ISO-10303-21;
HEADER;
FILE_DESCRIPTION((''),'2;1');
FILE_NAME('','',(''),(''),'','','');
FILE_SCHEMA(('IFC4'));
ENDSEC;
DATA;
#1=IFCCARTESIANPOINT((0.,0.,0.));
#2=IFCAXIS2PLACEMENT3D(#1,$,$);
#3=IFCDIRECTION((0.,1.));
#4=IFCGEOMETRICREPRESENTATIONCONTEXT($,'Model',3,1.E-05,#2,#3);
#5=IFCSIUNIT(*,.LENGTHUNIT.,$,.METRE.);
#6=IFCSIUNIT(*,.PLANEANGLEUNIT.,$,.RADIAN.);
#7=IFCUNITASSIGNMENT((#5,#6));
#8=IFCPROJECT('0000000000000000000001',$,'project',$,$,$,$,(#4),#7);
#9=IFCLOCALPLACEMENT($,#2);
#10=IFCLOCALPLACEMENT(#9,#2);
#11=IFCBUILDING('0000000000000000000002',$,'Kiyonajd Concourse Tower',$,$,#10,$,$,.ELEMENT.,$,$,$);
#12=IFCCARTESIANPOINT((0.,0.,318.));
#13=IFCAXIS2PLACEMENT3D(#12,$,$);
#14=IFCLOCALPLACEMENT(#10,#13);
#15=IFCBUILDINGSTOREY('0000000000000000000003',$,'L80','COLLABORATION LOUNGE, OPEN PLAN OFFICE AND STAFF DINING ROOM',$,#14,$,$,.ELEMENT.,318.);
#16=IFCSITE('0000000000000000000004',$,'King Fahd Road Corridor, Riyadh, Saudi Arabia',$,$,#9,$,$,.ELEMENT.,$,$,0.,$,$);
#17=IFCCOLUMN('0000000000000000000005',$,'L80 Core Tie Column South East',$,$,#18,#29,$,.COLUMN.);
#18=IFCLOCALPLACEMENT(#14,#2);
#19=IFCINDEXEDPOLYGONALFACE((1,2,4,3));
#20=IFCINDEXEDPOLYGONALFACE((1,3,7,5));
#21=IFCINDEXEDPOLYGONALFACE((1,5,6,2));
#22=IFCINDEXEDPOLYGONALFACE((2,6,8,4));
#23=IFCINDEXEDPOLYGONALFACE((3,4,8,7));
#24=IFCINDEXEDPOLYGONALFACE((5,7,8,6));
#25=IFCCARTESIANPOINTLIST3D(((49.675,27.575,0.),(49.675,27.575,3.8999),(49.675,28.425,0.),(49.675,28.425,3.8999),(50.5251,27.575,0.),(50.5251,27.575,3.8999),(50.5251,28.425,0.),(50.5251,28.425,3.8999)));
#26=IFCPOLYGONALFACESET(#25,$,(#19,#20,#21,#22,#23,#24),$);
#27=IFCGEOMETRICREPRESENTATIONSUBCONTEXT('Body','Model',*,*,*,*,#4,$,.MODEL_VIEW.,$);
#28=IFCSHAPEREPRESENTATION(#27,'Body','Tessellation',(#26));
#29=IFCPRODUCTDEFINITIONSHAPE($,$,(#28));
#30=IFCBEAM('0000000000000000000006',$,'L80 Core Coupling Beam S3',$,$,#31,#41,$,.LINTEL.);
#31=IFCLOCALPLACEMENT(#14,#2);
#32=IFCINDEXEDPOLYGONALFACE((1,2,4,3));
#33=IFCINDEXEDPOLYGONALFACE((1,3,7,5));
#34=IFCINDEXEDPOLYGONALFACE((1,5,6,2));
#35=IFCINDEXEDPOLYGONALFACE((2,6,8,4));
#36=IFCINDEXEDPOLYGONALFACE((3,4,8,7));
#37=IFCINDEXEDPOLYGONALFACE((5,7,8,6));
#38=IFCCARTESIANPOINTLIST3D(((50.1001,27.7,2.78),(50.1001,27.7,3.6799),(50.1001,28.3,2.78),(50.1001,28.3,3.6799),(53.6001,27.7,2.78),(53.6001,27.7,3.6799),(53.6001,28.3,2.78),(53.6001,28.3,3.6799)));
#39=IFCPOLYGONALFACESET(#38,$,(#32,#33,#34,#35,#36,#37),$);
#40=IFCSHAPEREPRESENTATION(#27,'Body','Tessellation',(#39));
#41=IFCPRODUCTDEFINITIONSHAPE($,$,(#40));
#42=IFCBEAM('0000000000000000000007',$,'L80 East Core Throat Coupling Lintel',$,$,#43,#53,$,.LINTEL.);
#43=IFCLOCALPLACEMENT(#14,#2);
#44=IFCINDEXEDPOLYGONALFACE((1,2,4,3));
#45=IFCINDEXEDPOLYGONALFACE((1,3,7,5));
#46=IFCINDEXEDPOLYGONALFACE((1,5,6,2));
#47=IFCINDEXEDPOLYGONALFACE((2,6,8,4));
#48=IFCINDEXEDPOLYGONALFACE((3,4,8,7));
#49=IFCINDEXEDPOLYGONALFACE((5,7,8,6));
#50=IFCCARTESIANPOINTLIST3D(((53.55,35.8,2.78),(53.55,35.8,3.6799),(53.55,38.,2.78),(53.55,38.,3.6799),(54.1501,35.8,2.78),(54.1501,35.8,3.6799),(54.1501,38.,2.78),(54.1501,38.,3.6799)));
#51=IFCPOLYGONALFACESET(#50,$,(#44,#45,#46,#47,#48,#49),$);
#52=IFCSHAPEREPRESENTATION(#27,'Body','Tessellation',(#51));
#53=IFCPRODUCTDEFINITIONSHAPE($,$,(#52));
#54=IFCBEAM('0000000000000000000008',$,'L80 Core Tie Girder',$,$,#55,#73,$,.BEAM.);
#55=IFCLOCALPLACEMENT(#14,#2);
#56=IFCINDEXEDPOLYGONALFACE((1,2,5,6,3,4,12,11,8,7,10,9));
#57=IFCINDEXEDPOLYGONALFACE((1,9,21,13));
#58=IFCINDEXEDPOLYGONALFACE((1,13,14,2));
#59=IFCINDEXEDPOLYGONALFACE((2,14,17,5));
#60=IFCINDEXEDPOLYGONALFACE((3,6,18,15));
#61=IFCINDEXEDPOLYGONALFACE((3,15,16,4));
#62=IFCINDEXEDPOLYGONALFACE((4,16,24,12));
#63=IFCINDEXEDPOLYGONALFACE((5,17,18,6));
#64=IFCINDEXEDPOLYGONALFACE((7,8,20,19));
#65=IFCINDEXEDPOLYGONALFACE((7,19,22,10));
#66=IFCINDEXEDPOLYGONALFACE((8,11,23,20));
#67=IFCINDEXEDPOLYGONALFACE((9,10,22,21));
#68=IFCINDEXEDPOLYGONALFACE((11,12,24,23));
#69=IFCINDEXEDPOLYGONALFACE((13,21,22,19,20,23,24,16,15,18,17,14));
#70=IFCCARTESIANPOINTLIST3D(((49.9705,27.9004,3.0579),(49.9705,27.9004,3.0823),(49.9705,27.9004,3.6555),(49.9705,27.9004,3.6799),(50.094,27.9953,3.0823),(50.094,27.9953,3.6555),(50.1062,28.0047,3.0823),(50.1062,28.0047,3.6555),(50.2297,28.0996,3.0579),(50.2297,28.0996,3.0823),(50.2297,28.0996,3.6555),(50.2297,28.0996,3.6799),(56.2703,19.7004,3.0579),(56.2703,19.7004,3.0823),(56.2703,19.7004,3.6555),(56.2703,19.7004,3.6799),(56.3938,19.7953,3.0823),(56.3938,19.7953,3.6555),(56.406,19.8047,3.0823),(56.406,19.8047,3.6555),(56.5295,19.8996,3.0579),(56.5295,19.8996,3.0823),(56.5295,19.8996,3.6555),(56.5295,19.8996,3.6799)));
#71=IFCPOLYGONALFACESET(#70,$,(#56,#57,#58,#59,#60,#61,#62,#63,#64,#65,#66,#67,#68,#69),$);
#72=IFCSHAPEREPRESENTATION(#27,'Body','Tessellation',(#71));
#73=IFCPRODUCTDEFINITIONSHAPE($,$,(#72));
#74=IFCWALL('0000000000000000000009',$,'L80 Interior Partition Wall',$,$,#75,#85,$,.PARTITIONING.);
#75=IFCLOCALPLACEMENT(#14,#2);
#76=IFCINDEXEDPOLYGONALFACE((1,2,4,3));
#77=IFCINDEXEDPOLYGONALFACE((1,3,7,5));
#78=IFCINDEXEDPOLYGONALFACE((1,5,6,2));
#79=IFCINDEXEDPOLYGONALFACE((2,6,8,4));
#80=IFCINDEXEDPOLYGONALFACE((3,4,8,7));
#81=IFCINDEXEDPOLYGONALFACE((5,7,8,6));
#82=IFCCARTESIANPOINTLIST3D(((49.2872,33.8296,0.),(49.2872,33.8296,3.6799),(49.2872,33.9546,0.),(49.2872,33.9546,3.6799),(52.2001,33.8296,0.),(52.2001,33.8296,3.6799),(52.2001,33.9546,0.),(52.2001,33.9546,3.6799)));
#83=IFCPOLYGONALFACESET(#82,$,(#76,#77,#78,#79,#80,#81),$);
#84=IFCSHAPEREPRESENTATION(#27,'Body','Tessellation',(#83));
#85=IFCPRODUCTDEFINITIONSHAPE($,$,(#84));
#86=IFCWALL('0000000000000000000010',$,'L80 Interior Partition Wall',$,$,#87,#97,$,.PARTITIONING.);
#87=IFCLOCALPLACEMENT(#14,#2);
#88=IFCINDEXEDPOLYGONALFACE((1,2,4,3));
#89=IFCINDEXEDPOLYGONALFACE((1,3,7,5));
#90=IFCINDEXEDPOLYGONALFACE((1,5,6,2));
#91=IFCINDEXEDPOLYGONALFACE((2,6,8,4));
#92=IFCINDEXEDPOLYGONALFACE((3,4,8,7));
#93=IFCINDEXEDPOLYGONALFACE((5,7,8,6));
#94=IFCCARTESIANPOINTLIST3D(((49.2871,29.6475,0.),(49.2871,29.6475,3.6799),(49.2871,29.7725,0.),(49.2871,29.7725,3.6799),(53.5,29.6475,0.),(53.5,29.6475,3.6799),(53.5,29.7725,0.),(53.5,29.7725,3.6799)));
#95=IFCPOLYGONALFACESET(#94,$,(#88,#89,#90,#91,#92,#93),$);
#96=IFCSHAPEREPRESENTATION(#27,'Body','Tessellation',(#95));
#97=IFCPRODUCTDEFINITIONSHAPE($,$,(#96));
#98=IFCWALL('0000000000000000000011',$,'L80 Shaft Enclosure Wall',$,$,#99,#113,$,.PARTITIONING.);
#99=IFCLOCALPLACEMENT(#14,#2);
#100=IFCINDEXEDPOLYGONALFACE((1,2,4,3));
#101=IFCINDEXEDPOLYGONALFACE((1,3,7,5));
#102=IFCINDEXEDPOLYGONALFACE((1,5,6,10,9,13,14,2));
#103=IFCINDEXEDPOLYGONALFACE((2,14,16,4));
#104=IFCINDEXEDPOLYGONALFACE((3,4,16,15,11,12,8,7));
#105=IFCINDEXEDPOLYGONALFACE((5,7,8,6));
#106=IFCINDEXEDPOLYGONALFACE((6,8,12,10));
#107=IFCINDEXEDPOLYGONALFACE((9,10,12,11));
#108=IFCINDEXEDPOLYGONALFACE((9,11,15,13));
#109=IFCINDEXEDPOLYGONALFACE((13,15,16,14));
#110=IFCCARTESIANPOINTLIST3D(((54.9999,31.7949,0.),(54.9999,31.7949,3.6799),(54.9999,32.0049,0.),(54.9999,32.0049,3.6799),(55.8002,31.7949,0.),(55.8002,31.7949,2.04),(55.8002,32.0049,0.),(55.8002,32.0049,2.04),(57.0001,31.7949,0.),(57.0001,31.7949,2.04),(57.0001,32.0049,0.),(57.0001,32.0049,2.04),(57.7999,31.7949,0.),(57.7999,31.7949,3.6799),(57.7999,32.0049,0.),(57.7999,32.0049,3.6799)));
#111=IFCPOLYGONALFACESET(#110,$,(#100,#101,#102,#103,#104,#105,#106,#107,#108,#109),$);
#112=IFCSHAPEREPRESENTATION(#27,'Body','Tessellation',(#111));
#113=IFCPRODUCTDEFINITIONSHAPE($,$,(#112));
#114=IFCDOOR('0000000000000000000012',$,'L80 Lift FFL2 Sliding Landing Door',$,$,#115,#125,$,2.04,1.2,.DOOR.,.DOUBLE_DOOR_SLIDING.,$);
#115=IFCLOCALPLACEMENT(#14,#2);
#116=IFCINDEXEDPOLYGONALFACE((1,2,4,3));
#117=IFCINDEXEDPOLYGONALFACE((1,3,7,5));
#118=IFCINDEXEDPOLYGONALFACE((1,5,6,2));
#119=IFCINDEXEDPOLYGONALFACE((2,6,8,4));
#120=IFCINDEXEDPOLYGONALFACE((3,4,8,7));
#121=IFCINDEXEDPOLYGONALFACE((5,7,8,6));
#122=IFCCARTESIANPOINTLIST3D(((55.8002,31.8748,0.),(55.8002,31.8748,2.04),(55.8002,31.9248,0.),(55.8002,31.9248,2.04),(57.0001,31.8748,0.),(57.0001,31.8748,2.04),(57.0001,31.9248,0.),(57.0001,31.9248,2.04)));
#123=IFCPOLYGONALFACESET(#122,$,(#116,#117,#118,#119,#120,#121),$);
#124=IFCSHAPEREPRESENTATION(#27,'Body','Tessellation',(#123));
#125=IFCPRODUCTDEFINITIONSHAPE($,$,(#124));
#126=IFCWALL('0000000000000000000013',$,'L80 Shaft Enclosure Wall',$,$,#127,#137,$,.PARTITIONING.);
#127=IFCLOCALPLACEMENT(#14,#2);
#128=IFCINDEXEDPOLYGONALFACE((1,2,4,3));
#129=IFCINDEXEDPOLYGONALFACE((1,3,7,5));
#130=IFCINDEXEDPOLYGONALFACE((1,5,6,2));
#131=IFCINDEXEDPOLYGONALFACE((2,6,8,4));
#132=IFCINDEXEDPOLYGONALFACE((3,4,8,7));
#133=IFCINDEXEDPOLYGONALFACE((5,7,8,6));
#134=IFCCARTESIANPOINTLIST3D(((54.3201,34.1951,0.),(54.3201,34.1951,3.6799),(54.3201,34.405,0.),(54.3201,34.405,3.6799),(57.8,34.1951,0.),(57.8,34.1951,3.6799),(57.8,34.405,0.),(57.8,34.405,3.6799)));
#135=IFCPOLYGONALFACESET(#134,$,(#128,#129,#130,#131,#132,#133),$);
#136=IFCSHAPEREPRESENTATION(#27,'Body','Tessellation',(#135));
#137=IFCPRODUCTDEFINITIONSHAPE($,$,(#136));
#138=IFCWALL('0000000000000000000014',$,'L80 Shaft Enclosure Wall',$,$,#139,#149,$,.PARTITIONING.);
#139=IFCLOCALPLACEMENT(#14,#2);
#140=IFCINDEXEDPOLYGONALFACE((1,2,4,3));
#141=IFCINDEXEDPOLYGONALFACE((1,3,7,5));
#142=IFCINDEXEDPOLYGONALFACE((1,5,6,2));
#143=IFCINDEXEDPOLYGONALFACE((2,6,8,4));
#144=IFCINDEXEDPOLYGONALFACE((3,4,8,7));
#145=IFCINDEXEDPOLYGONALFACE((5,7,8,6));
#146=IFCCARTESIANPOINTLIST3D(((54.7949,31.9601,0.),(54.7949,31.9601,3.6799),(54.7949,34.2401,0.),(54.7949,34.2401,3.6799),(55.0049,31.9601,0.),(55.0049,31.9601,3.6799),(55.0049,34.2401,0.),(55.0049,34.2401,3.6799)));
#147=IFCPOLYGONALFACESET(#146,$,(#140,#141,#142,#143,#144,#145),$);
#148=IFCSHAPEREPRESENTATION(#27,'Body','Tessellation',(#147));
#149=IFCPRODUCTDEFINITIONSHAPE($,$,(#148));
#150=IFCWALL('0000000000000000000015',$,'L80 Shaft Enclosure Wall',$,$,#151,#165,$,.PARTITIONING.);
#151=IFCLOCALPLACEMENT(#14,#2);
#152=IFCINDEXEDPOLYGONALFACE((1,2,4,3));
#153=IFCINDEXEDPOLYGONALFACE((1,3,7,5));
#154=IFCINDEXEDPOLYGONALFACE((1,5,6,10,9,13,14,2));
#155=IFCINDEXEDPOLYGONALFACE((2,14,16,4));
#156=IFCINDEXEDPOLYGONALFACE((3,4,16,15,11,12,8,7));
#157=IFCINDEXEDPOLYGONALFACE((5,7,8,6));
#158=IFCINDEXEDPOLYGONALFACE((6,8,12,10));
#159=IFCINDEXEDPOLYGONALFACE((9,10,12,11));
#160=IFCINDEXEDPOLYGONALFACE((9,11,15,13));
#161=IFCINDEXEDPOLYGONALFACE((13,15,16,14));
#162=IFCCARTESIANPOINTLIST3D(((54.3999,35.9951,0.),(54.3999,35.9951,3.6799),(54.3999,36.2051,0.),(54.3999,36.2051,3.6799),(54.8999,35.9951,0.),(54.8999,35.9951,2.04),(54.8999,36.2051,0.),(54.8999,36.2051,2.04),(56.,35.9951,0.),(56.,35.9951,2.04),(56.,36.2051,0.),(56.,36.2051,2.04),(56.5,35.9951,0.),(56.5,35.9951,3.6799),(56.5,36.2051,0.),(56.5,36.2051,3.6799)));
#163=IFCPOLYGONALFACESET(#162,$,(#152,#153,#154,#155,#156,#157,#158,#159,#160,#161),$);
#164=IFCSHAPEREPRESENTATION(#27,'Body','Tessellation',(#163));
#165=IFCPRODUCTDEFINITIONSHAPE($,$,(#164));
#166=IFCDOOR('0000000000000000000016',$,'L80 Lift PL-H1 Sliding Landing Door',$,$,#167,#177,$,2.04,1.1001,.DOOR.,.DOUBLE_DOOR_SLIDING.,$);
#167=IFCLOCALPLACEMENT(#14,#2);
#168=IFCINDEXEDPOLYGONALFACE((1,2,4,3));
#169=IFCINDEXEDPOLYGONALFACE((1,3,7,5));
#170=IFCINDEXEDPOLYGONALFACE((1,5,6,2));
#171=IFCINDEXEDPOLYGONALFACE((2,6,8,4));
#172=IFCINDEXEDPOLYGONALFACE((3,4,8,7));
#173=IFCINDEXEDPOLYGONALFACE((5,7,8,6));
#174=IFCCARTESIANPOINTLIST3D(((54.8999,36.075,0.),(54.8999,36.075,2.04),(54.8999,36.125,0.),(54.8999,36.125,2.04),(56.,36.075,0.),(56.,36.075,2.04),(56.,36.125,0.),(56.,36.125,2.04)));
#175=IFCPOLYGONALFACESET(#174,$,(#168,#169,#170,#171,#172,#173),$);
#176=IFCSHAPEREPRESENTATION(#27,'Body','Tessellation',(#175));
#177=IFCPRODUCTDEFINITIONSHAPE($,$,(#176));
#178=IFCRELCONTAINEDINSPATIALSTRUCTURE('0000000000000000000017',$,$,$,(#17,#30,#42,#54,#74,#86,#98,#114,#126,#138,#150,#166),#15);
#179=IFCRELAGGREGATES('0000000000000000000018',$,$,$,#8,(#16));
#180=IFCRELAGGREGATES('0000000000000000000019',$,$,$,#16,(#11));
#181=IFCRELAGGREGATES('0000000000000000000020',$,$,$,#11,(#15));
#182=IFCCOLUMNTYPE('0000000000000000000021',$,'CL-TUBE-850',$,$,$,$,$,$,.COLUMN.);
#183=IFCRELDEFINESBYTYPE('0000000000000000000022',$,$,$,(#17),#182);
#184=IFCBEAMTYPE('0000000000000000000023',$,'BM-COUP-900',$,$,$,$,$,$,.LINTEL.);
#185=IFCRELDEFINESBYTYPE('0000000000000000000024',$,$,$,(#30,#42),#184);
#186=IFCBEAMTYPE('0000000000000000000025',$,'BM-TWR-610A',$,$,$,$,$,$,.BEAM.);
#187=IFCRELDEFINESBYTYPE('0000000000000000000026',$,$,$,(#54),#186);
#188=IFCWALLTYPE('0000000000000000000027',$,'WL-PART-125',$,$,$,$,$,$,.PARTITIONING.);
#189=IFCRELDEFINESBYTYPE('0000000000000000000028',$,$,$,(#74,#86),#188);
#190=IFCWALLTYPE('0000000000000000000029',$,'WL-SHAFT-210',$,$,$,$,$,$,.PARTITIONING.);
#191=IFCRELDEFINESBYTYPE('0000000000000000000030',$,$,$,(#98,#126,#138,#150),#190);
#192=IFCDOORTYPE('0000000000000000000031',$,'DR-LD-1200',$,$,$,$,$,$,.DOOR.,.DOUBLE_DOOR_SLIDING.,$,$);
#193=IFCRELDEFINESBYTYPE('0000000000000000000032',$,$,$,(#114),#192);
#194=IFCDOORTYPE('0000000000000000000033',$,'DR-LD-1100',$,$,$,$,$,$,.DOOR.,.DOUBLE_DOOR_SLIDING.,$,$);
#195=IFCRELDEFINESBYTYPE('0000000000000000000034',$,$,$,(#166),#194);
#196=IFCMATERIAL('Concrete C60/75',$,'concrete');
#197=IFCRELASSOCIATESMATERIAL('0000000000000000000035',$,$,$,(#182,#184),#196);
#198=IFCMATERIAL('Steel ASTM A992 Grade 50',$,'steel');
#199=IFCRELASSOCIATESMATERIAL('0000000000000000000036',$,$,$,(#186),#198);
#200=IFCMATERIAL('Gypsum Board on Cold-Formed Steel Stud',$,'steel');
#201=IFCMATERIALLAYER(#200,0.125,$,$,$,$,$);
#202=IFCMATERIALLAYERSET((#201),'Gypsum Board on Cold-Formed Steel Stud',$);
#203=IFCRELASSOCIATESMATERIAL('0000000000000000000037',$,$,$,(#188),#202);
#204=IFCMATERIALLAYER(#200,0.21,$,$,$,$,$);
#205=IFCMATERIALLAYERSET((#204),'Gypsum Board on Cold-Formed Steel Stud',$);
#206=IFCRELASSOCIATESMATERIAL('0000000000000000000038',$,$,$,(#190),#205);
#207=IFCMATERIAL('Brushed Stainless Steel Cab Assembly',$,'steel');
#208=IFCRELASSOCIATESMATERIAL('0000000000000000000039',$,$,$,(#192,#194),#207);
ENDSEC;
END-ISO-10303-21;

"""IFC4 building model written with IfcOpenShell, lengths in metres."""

from ifc_helpers import new_model, si_unit, direction, frame, frame_2d, origin, origin_2d, place, context, subcontext, project, spatial, rectangle, i_section, extrude, material, layer, layer_set, material_profile, profile_set, type_object, element, fill, save


model = new_model("IFC4")

# Units and contexts
model_context = context("Model", 3, precision=1e-05, world=origin(), true_north=direction((0.0, 1.0)))
body_context = subcontext(model_context, "Body", "Model", "MODEL_VIEW")
ifc_project = project(units=[si_unit("LENGTHUNIT", "METRE"), si_unit("PLANEANGLEUNIT", "RADIAN")], contexts=[model_context])

# Site, building, storey
site_placement = place(None, origin())
site = spatial("IfcSite", under=ifc_project, at=site_placement, Name="King Fahd Road Corridor, Riyadh, Saudi Arabia", CompositionType="ELEMENT", RefElevation=0.0)
building_placement = place(site_placement, origin())
building = spatial("IfcBuilding", under=site, at=building_placement, Name="Kiyonajd Concourse Tower", CompositionType="ELEMENT")
storey_placement = place(building_placement, frame((0.0, 0.0, 318.0)))
storey = spatial("IfcBuildingStorey", under=building, at=storey_placement, Name="L80", Description="COLLABORATION LOUNGE, OPEN PLAN OFFICE AND STAFF DINING ROOM", CompositionType="ELEMENT", Elevation=318.0)

# Column
ifc_material_1 = material(Name="Concrete C60/75", Category="concrete")
ifc_material_profile_1 = material_profile(ifc_material_1, rectangle(XDim=0.8501, YDim=0.8501, at=origin_2d()), Name="RC-850x850")
ifc_profile_set_1 = profile_set([ifc_material_profile_1], Name="Concrete C60/75")
column_type = type_object("IfcColumnType", Name="CL-TUBE-850", PredefinedType="COLUMN", material=ifc_profile_set_1)
column_placement = place(storey_placement, frame((50.1001, 28.0, 0.0), z_axis=(0.0, 0.0, 1.0), x_axis=(1.0, 0.0, 0.0)))
element("IfcColumn", 1, at=column_placement, inside=storey, type_object=column_type, Name="L80 Core Tie Column South East", PredefinedType="COLUMN", context=body_context, shape_type="SweptSolid", body=[
    extrude(rectangle(XDim=0.8501, YDim=0.8501, at=origin_2d()), origin(), (0.0, 0.0, 1.0), 3.8999),
])

# Beams
ifc_material_profile_2 = material_profile(ifc_material_1, rectangle(XDim=0.6001, YDim=0.8999, at=origin_2d()), Name="RCBM-600x900")
ifc_profile_set_2 = profile_set([ifc_material_profile_2], Name="Concrete C60/75")
beam_type_1 = type_object("IfcBeamType", Name="BM-COUP-900", PredefinedType="LINTEL", material=ifc_profile_set_2)
beam_1_placement = place(storey_placement, frame((50.1001, 28.0, 3.23), z_axis=(1.0, 0.0, 0.0), x_axis=(0.0, 1.0, 0.0)))
element("IfcBeam", 2, at=beam_1_placement, inside=storey, type_object=beam_type_1, Name="L80 Core Coupling Beam S3", PredefinedType="LINTEL", context=body_context, shape_type="SweptSolid", body=[
    extrude(rectangle(XDim=0.6001, YDim=0.8999, at=origin_2d()), origin(), (0.0, 0.0, 1.0), 3.5),
])
beam_2_placement = place(storey_placement, frame((53.8501, 35.8, 3.23), z_axis=(0.0, 1.0, 0.0), x_axis=(-1.0, 0.0, 0.0)))
element("IfcBeam", 3, at=beam_2_placement, inside=storey, type_object=beam_type_1, Name="L80 East Core Throat Coupling Lintel", PredefinedType="LINTEL", context=body_context, shape_type="SweptSolid", body=[
    extrude(rectangle(XDim=0.6001, YDim=0.8999, at=origin_2d()), origin(), (0.0, 0.0, 1.0), 2.2),
])
ifc_material_2 = material(Name="Steel ASTM A992 Grade 50", Category="steel")
ifc_material_profile_3 = material_profile(ifc_material_2, i_section(OverallWidth=0.3269, OverallDepth=0.6221, WebThickness=0.0154, FlangeThickness=0.0244, at=origin_2d()), Name="W610X195")
ifc_profile_set_3 = profile_set([ifc_material_profile_3], Name="Steel ASTM A992 Grade 50")
beam_type_2 = type_object("IfcBeamType", Name="BM-TWR-610A", PredefinedType="BEAM", material=ifc_profile_set_3)
beam_3_placement = place(storey_placement, frame((50.1001, 28.0, 3.3689), z_axis=(0.609234, -0.792991, 0.0), x_axis=(0.792991, 0.609234, 0.0)))
element("IfcBeam", 4, at=beam_3_placement, inside=storey, type_object=beam_type_2, Name="L80 Core Tie Girder", PredefinedType="BEAM", context=body_context, shape_type="SweptSolid", body=[
    extrude(i_section(OverallWidth=0.3269, OverallDepth=0.6221, WebThickness=0.0154, FlangeThickness=0.0244, at=origin_2d()), origin(), (0.0, 0.0, 1.0), 10.3406),
])

# Walls
ifc_material_3 = material(Name="Gypsum Board on Cold-Formed Steel Stud", Category="steel")
ifc_layer_1 = layer(ifc_material_3, 0.125)
ifc_layer_set_1 = layer_set([ifc_layer_1], Name="Gypsum Board on Cold-Formed Steel Stud")
wall_type_1 = type_object("IfcWallType", Name="WL-PART-125", PredefinedType="PARTITIONING", material=ifc_layer_set_1)
wall_1_placement = place(storey_placement, frame((49.2871, 33.8921, 0.0), z_axis=(0.0, 0.0, 1.0), x_axis=(1.0, 0.0, 0.0)))
element("IfcWall", 5, at=wall_1_placement, inside=storey, type_object=wall_type_1, Name="L80 Interior Partition Wall", PredefinedType="PARTITIONING", context=body_context, shape_type="SweptSolid", body=[
    extrude(rectangle(XDim=2.9128, YDim=0.125, at=frame_2d((1.4565, 0.0))), origin(), (0.0, 0.0, 1.0), 3.6799),
])
wall_2_placement = place(storey_placement, frame((49.2871, 29.71, 0.0), z_axis=(0.0, 0.0, 1.0), x_axis=(1.0, 0.0, 0.0)))
element("IfcWall", 6, at=wall_2_placement, inside=storey, type_object=wall_type_1, Name="L80 Interior Partition Wall", PredefinedType="PARTITIONING", context=body_context, shape_type="SweptSolid", body=[
    extrude(rectangle(XDim=4.2129, YDim=0.125, at=frame_2d((2.1064, 0.0))), origin(), (0.0, 0.0, 1.0), 3.6799),
])

# Wall, opening, door
ifc_layer_2 = layer(ifc_material_3, 0.21)
ifc_layer_set_2 = layer_set([ifc_layer_2], Name="Gypsum Board on Cold-Formed Steel Stud")
wall_type_2 = type_object("IfcWallType", Name="WL-SHAFT-210", PredefinedType="PARTITIONING", material=ifc_layer_set_2)
wall_3_placement = place(storey_placement, frame((55.0, 31.8999, 0.0), z_axis=(0.0, 0.0, 1.0), x_axis=(1.0, 0.0, 0.0)))
wall_3 = element("IfcWall", 7, at=wall_3_placement, inside=storey, type_object=wall_type_2, Name="L80 Shaft Enclosure Wall", PredefinedType="PARTITIONING", context=body_context, shape_type="SweptSolid", body=[
    extrude(rectangle(XDim=2.8, YDim=0.21, at=frame_2d((1.3999, 0.0))), origin(), (0.0, 0.0, 1.0), 3.6799),
])
opening_1_placement = place(wall_3_placement, frame((0.8, 0.0, 0.0)))
opening_1 = element("IfcOpeningElement", 8, at=opening_1_placement, cuts=wall_3, PredefinedType="OPENING", context=body_context, shape_type="SweptSolid", body=[
    extrude(rectangle(XDim=1.2, YDim=2.04, at=frame_2d((0.6001, 1.02))), frame((0.0, 0.115, 0.0), z_axis=(0.0, -1.0, 0.0), x_axis=(1.0, 0.0, 0.0)), (0.0, 0.0, 1.0), 0.23),
])
ifc_material_4 = material(Name="Brushed Stainless Steel Cab Assembly", Category="steel")
door_type_1 = type_object("IfcDoorType", Name="DR-LD-1200", OperationType="DOUBLE_DOOR_SLIDING", PredefinedType="DOOR", material=ifc_material_4)
door_1_placement = place(opening_1_placement, origin())
door_1 = element("IfcDoor", 9, at=door_1_placement, inside=storey, type_object=door_type_1, Name="L80 Lift FFL2 Sliding Landing Door", OperationType="DOUBLE_DOOR_SLIDING", OverallHeight=2.04, OverallWidth=1.2, PredefinedType="DOOR", context=body_context, shape_type="SweptSolid", body=[
    extrude(rectangle(XDim=1.2, YDim=2.04, at=frame_2d((0.6001, 1.02))), frame((0.0, 0.0249, 0.0), z_axis=(0.0, -1.0, 0.0), x_axis=(1.0, 0.0, 0.0)), (0.0, 0.0, 1.0), 0.05),
])
fill(opening_1, door_1)

# Walls
wall_4_placement = place(storey_placement, frame((54.3201, 34.3, 0.0), z_axis=(0.0, 0.0, 1.0), x_axis=(1.0, 0.0, 0.0)))
element("IfcWall", 10, at=wall_4_placement, inside=storey, type_object=wall_type_2, Name="L80 Shaft Enclosure Wall", PredefinedType="PARTITIONING", context=body_context, shape_type="SweptSolid", body=[
    extrude(rectangle(XDim=3.48, YDim=0.21, at=frame_2d((1.74, 0.0))), origin(), (0.0, 0.0, 1.0), 3.6799),
])
wall_5_placement = place(storey_placement, frame((54.8999, 31.96, 0.0), z_axis=(0.0, 0.0, 1.0), x_axis=(0.0, 1.0, 0.0)))
element("IfcWall", 11, at=wall_5_placement, inside=storey, type_object=wall_type_2, Name="L80 Shaft Enclosure Wall", PredefinedType="PARTITIONING", context=body_context, shape_type="SweptSolid", body=[
    extrude(rectangle(XDim=2.28, YDim=0.21, at=frame_2d((1.1401, 0.0))), origin(), (0.0, 0.0, 1.0), 3.6799),
])

# Wall, opening, door
wall_6_placement = place(storey_placement, frame((54.3999, 36.1001, 0.0), z_axis=(0.0, 0.0, 1.0), x_axis=(1.0, 0.0, 0.0)))
wall_6 = element("IfcWall", 12, at=wall_6_placement, inside=storey, type_object=wall_type_2, Name="L80 Shaft Enclosure Wall", PredefinedType="PARTITIONING", context=body_context, shape_type="SweptSolid", body=[
    extrude(rectangle(XDim=2.1001, YDim=0.21, at=frame_2d((1.05, 0.0))), origin(), (0.0, 0.0, 1.0), 3.6799),
])
opening_2_placement = place(wall_6_placement, frame((0.5, 0.0, 0.0)))
opening_2 = element("IfcOpeningElement", 13, at=opening_2_placement, cuts=wall_6, PredefinedType="OPENING", context=body_context, shape_type="SweptSolid", body=[
    extrude(rectangle(XDim=1.1001, YDim=2.04, at=frame_2d((0.55, 1.02))), frame((0.0, 0.115, 0.0), z_axis=(0.0, -1.0, 0.0), x_axis=(1.0, 0.0, 0.0)), (0.0, 0.0, 1.0), 0.23),
])
door_type_2 = type_object("IfcDoorType", Name="DR-LD-1100", OperationType="DOUBLE_DOOR_SLIDING", PredefinedType="DOOR", material=ifc_material_4)
door_2_placement = place(opening_2_placement, origin())
door_2 = element("IfcDoor", 14, at=door_2_placement, inside=storey, type_object=door_type_2, Name="L80 Lift PL-H1 Sliding Landing Door", OperationType="DOUBLE_DOOR_SLIDING", OverallHeight=2.04, OverallWidth=1.1001, PredefinedType="DOOR", context=body_context, shape_type="SweptSolid", body=[
    extrude(rectangle(XDim=1.1001, YDim=2.04, at=frame_2d((0.55, 1.02))), frame((0.0, 0.0249, 0.0), z_axis=(0.0, -1.0, 0.0), x_axis=(1.0, 0.0, 0.0)), (0.0, 0.0, 1.0), 0.05),
])
fill(opening_2, door_2)

save(model, "model.ifc")
